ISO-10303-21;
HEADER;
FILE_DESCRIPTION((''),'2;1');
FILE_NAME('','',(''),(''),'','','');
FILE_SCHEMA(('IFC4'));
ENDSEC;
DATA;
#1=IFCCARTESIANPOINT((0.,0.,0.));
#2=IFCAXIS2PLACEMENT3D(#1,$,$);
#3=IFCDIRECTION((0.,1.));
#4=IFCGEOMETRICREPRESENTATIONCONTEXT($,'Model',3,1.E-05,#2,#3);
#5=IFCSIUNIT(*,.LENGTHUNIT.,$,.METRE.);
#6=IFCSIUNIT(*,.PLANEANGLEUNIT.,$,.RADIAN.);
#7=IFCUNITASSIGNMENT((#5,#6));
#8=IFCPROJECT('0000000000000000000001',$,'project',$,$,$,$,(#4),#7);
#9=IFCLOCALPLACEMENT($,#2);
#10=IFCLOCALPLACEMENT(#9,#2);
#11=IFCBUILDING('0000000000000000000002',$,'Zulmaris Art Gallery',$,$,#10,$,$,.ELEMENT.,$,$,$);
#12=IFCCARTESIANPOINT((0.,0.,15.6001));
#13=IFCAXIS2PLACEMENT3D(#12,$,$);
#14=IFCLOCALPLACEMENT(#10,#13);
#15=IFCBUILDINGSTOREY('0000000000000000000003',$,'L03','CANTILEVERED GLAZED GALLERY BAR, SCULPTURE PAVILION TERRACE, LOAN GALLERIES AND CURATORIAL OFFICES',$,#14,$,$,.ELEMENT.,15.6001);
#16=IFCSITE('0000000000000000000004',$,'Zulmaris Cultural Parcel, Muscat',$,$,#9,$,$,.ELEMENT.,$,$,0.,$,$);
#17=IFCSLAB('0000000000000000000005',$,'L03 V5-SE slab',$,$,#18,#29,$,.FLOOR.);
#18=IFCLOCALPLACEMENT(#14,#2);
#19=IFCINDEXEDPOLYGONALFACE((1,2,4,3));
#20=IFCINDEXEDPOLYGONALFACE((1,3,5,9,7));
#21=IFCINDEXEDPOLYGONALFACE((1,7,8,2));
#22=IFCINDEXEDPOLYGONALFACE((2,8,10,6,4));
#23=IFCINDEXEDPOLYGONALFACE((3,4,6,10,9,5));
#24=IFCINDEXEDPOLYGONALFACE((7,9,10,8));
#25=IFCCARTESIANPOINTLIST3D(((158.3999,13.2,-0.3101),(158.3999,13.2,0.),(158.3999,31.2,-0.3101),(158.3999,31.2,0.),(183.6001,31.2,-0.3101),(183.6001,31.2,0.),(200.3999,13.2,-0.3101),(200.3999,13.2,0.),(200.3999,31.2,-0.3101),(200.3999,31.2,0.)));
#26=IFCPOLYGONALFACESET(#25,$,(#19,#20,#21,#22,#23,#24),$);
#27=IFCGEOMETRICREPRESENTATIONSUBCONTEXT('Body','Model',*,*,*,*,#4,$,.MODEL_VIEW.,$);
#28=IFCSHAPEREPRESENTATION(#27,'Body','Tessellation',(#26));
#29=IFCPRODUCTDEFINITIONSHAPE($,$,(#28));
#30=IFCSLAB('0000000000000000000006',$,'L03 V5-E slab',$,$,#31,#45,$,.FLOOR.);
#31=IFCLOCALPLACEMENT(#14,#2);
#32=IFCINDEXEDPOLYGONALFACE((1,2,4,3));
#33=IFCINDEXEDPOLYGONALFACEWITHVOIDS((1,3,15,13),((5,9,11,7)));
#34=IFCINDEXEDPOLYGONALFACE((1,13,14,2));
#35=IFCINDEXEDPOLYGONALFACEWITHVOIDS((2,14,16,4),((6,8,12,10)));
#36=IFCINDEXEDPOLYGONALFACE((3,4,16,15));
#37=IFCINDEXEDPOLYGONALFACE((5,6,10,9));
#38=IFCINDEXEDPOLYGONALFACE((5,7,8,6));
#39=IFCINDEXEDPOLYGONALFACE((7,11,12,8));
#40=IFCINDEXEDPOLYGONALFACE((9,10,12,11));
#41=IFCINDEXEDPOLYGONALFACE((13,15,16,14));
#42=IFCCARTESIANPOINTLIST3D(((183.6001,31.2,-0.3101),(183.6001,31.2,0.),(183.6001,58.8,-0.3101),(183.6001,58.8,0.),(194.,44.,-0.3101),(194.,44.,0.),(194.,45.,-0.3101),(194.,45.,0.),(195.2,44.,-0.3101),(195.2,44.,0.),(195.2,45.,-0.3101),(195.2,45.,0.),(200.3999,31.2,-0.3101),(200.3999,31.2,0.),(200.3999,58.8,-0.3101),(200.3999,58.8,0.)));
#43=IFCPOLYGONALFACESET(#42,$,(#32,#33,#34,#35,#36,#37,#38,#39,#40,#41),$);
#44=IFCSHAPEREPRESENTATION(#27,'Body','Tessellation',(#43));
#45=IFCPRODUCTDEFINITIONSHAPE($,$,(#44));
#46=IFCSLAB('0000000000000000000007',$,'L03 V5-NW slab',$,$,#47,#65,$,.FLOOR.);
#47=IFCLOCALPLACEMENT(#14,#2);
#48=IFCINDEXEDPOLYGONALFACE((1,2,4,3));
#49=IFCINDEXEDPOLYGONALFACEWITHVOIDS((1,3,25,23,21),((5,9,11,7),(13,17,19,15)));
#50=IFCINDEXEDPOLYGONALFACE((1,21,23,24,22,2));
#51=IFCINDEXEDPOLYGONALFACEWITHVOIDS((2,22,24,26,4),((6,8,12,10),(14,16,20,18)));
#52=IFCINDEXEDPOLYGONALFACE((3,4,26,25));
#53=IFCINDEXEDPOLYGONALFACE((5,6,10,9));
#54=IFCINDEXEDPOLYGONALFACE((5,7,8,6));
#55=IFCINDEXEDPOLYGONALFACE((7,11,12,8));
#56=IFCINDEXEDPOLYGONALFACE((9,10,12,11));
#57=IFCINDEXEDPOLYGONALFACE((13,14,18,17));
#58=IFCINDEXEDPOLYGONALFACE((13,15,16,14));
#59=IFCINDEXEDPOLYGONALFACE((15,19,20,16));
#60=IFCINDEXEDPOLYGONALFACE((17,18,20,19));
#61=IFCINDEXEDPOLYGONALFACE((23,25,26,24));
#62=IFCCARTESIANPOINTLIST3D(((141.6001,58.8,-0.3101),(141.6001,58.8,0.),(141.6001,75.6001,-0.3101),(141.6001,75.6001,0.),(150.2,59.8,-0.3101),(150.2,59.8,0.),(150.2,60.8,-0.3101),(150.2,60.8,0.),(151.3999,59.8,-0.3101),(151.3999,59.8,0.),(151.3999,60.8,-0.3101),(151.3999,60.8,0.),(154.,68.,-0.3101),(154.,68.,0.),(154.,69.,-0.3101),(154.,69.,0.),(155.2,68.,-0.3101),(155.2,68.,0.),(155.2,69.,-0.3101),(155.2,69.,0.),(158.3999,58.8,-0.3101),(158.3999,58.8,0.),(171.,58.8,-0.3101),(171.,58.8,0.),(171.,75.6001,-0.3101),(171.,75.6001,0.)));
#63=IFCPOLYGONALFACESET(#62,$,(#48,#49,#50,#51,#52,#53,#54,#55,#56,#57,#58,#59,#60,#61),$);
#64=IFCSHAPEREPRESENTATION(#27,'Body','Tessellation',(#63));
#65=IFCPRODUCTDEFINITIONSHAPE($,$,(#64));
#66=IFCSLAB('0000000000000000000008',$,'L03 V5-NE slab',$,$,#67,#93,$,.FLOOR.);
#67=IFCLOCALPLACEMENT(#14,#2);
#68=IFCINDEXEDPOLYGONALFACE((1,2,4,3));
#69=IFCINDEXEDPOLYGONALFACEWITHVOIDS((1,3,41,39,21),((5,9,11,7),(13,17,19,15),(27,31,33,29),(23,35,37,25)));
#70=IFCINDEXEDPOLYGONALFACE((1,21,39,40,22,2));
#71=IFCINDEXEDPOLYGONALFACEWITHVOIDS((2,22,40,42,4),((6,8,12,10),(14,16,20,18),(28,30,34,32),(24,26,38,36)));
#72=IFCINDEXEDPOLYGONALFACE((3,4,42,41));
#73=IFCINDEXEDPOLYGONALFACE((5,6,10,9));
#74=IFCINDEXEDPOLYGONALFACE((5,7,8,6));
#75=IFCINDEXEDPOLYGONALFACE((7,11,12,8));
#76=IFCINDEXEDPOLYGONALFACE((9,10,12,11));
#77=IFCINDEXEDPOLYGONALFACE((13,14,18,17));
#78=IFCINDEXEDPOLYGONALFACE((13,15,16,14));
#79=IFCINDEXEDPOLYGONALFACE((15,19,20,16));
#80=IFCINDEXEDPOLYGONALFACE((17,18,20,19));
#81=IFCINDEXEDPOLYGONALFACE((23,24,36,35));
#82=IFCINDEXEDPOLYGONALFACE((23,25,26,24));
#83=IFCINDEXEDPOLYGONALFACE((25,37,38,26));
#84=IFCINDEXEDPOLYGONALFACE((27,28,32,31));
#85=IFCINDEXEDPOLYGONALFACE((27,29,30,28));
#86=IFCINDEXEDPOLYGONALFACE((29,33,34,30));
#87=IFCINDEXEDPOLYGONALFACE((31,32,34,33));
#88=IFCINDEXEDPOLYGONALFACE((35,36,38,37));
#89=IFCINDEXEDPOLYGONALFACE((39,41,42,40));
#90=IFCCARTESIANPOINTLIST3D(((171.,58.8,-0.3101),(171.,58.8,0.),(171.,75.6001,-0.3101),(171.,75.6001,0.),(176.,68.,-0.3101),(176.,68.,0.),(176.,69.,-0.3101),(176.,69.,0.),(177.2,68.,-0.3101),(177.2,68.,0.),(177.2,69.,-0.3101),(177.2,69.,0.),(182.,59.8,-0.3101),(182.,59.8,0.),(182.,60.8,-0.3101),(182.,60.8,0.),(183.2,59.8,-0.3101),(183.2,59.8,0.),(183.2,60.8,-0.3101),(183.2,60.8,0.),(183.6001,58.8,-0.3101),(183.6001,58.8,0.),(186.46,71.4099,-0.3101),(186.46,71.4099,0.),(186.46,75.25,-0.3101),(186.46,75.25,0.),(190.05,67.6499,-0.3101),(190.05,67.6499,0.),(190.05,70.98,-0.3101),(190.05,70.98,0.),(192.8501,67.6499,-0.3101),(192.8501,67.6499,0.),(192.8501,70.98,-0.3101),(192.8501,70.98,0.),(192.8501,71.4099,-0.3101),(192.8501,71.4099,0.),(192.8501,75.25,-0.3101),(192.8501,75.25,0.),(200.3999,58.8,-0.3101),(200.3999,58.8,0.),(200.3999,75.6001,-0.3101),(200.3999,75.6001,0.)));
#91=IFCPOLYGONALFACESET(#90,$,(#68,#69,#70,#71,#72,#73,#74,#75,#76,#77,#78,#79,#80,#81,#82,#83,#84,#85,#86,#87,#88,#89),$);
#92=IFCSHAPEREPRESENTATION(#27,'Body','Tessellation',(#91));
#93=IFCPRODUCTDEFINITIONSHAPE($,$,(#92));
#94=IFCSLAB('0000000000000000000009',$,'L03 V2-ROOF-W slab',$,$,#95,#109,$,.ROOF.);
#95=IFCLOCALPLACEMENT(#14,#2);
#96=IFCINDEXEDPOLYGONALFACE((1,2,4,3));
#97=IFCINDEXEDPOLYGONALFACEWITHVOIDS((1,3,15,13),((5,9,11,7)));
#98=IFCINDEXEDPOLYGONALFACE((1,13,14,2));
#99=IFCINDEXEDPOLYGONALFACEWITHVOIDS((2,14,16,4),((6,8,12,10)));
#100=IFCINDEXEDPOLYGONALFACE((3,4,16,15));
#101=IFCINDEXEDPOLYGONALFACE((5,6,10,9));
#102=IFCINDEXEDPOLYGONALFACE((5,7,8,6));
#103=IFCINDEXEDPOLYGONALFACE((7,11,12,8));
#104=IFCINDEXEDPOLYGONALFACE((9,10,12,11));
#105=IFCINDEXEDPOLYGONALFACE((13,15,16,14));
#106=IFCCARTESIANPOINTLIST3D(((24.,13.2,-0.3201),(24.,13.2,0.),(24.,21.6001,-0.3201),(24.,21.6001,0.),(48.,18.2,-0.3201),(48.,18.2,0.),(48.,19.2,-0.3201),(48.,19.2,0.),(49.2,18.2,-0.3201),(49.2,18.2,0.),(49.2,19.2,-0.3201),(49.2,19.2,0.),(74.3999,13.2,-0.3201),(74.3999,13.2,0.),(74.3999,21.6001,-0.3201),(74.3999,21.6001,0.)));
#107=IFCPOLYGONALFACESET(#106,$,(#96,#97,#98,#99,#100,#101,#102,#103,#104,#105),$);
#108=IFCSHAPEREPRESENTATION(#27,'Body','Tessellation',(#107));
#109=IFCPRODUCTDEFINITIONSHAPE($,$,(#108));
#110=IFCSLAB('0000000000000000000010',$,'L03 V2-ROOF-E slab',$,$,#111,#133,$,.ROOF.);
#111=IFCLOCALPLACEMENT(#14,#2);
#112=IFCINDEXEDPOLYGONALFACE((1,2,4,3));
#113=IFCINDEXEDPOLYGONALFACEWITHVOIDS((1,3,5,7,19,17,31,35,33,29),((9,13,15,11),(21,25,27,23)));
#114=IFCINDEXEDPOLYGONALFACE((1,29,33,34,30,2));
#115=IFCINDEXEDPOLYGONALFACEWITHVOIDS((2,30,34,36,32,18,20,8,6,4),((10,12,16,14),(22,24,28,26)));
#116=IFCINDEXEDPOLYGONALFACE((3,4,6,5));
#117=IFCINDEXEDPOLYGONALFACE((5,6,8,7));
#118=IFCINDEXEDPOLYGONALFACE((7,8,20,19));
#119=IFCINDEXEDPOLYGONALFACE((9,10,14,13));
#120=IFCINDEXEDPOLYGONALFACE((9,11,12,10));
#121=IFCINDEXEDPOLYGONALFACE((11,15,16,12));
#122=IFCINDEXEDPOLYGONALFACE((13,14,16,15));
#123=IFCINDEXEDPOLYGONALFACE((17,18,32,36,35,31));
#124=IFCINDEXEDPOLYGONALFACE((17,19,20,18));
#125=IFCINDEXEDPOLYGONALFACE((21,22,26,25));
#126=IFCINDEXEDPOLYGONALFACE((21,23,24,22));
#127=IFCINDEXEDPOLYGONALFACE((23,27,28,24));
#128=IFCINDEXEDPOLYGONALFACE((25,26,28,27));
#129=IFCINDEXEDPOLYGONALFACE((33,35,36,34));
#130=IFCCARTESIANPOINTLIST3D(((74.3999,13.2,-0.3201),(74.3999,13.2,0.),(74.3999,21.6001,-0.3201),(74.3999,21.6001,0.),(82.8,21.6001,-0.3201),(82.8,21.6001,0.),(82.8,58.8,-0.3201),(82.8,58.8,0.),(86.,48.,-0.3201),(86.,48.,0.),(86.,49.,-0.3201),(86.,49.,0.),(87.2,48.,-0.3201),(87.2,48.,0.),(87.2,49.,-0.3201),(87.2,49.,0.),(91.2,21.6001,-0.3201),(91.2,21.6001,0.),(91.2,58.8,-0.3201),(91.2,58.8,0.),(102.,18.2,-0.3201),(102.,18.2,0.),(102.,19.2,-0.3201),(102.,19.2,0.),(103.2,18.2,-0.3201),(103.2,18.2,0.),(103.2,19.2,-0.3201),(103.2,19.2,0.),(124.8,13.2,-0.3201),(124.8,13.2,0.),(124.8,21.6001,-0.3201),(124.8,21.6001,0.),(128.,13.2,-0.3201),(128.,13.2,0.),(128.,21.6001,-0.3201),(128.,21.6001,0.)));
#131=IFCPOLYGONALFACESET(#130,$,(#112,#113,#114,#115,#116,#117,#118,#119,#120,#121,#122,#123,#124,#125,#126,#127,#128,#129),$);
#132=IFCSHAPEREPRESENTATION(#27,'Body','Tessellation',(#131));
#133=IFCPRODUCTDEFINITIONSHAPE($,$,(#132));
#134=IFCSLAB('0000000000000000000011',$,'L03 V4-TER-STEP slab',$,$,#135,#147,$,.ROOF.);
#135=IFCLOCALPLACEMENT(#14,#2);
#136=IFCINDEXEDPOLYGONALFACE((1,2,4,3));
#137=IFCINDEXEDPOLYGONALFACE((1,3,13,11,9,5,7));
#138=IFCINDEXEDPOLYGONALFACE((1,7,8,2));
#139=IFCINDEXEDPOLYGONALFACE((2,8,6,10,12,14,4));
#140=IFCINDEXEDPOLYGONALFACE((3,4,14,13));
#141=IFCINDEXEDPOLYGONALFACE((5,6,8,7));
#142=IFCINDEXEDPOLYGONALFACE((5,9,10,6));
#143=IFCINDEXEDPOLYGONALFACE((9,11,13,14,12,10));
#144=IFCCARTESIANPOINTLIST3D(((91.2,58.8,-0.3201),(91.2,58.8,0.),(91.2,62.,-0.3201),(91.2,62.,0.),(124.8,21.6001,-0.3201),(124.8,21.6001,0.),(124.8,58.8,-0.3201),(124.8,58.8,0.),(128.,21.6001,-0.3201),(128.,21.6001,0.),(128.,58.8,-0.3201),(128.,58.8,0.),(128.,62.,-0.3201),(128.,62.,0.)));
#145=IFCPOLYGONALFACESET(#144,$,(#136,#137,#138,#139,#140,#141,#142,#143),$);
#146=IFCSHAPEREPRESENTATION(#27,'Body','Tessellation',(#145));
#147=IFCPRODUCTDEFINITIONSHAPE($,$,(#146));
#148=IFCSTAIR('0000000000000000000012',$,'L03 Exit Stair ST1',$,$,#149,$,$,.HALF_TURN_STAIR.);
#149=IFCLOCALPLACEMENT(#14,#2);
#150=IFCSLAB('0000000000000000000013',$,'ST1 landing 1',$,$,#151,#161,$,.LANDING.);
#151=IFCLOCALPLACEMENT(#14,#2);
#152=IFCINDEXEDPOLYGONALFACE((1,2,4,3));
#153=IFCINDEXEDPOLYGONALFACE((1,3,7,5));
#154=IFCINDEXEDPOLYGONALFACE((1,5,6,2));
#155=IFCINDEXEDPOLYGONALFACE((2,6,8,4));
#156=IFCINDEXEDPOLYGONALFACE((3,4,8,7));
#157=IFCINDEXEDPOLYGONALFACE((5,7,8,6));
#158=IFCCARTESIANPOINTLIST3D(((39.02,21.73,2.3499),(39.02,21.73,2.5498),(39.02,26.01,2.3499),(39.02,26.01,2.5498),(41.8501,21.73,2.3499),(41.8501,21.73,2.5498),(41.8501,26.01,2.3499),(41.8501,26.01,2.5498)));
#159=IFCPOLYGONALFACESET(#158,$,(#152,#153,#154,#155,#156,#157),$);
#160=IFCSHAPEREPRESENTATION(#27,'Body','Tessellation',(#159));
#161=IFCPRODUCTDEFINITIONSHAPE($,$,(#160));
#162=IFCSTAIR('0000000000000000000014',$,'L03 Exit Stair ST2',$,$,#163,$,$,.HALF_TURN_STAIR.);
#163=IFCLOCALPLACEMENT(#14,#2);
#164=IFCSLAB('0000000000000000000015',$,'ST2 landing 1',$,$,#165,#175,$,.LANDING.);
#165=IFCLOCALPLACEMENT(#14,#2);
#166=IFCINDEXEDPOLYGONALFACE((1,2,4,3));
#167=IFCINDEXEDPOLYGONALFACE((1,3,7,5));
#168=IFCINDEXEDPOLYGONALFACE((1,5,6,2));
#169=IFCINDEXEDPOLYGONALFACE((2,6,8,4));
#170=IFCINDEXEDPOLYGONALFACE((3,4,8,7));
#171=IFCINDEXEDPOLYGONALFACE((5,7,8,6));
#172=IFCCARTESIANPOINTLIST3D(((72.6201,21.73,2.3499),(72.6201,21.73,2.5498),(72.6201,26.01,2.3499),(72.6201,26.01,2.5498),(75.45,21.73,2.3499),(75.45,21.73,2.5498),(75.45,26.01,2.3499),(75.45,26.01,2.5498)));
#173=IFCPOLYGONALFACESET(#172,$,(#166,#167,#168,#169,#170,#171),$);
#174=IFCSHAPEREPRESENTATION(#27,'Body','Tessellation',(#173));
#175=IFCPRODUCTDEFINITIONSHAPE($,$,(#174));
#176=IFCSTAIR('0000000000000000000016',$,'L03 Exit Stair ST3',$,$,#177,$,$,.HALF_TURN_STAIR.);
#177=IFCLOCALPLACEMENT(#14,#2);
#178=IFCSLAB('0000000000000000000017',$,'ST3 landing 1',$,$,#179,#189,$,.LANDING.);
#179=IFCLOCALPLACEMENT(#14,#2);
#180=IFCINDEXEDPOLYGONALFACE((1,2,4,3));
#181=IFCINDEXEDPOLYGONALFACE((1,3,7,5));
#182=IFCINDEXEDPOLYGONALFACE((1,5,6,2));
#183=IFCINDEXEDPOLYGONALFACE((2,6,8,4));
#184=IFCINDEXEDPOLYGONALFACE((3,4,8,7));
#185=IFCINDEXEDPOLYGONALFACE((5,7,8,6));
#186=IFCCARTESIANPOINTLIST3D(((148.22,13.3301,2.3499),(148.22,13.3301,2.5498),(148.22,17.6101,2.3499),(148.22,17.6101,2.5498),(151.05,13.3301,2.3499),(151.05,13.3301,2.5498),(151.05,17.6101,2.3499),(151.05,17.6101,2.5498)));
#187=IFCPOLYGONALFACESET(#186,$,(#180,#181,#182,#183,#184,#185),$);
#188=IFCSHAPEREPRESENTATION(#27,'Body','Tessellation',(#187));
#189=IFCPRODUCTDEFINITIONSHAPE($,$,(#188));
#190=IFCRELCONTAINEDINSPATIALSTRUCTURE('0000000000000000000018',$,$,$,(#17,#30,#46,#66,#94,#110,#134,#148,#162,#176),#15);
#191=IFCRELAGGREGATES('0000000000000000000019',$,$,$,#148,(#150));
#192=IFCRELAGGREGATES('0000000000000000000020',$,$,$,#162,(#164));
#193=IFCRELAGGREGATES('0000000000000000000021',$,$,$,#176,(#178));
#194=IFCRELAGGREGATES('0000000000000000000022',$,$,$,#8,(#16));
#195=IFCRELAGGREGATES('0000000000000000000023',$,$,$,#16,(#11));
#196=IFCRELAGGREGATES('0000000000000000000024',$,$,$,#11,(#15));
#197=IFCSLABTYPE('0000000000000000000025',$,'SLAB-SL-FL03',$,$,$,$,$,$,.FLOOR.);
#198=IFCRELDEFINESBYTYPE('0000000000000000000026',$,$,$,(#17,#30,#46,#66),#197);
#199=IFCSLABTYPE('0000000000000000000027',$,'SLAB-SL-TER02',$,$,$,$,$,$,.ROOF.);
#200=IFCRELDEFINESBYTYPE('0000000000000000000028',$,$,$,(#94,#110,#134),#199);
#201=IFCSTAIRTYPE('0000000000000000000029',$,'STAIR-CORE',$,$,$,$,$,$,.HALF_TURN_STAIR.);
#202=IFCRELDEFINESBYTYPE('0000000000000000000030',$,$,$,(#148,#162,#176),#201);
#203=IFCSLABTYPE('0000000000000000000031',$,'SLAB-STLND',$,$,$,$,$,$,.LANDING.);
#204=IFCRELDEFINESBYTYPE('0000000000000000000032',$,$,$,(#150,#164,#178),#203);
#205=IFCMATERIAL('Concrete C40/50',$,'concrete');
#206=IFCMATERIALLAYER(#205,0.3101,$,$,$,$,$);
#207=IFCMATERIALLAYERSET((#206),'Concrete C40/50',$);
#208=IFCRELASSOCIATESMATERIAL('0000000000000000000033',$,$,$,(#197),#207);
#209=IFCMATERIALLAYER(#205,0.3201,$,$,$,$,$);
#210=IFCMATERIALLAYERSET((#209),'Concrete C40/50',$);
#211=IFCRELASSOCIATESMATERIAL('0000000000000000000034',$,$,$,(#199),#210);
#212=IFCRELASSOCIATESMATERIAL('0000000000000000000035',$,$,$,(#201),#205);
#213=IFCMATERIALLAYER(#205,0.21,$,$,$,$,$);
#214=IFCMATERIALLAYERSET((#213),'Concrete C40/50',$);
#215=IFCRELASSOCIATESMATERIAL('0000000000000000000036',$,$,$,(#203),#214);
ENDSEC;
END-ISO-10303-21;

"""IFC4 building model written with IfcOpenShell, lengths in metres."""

from ifc_helpers import new_model, si_unit, direction, frame, origin, place, context, subcontext, project, spatial, polyline, outline, extrude, material, layer, layer_set, type_object, element, aggregate, save


model = new_model("IFC4")

# Units and contexts
model_context = context("Model", 3, precision=1e-05, world=origin(), true_north=direction((0.0, 1.0)))
body_context = subcontext(model_context, "Body", "Model", "MODEL_VIEW")
ifc_project = project(units=[si_unit("LENGTHUNIT", "METRE"), si_unit("PLANEANGLEUNIT", "RADIAN")], contexts=[model_context])

# Site, building, storey
site_placement = place(None, origin())
site = spatial("IfcSite", under=ifc_project, at=site_placement, Name="Zulmaris Cultural Parcel, Muscat", CompositionType="ELEMENT", RefElevation=0.0)
building_placement = place(site_placement, origin())
building = spatial("IfcBuilding", under=site, at=building_placement, Name="Zulmaris Art Gallery", CompositionType="ELEMENT")
storey_placement = place(building_placement, frame((0.0, 0.0, 15.6001)))
storey = spatial("IfcBuildingStorey", under=building, at=storey_placement, Name="L03", Description="CANTILEVERED GLAZED GALLERY BAR, SCULPTURE PAVILION TERRACE, LOAN GALLERIES AND CURATORIAL OFFICES", CompositionType="ELEMENT", Elevation=15.6001)

# Slabs
ifc_material_1 = material(Name="Concrete C40/50", Category="concrete")
ifc_layer_1 = layer(ifc_material_1, 0.3101)
ifc_layer_set_1 = layer_set([ifc_layer_1], Name="Concrete C40/50")
slab_type_1 = type_object("IfcSlabType", Name="SLAB-SL-FL03", PredefinedType="FLOOR", material=ifc_layer_set_1)
slab_1_placement = place(storey_placement, frame((0.0, 0.0, -0.3101)))
element("IfcSlab", 1, at=slab_1_placement, inside=storey, type_object=slab_type_1, Name="L03 V5-SE slab", PredefinedType="FLOOR", context=body_context, shape_type="SweptSolid", body=[
    extrude(outline(polyline([(158.3999, 13.2), (158.3999, 31.2), (183.6001, 31.2), (200.3999, 31.2), (200.3999, 13.2), (158.3999, 13.2)])), origin(), (0.0, 0.0, 1.0), 0.3101),
])
slab_2_placement = place(storey_placement, frame((0.0, 0.0, -0.3101)))
element("IfcSlab", 2, at=slab_2_placement, inside=storey, type_object=slab_type_1, Name="L03 V5-E slab", PredefinedType="FLOOR", context=body_context, shape_type="SweptSolid", body=[
    extrude(outline(polyline([(183.6001, 31.2), (183.6001, 58.8), (200.3999, 58.8), (200.3999, 31.2), (183.6001, 31.2)]), holes=[polyline([(195.2, 44.0), (195.2, 45.0), (194.0, 45.0), (194.0, 44.0), (195.2, 44.0)])]), origin(), (0.0, 0.0, 1.0), 0.3101),
])
slab_3_placement = place(storey_placement, frame((0.0, 0.0, -0.3101)))
element("IfcSlab", 3, at=slab_3_placement, inside=storey, type_object=slab_type_1, Name="L03 V5-NW slab", PredefinedType="FLOOR", context=body_context, shape_type="SweptSolid", body=[
    extrude(outline(polyline([(171.0, 75.6001), (171.0, 58.8), (158.3999, 58.8), (141.6001, 58.8), (141.6001, 75.6001), (171.0, 75.6001)]), holes=[polyline([(151.3999, 59.8), (151.3999, 60.8), (150.2, 60.8), (150.2, 59.8), (151.3999, 59.8)]), polyline([(155.2, 68.0), (155.2, 69.0), (154.0, 69.0), (154.0, 68.0), (155.2, 68.0)])]), origin(), (0.0, 0.0, 1.0), 0.3101),
])
slab_4_placement = place(storey_placement, frame((0.0, 0.0, -0.3101)))
element("IfcSlab", 4, at=slab_4_placement, inside=storey, type_object=slab_type_1, Name="L03 V5-NE slab", PredefinedType="FLOOR", context=body_context, shape_type="SweptSolid", body=[
    extrude(outline(polyline([(200.3999, 58.8), (183.6001, 58.8), (171.0, 58.8), (171.0, 75.6001), (200.3999, 75.6001), (200.3999, 58.8)]), holes=[polyline([(183.2, 59.8), (183.2, 60.8), (182.0, 60.8), (182.0, 59.8), (183.2, 59.8)]), polyline([(177.2, 68.0), (177.2, 69.0), (176.0, 69.0), (176.0, 68.0), (177.2, 68.0)]), polyline([(192.8501, 67.6499), (192.8501, 70.98), (190.05, 70.98), (190.05, 67.6499), (192.8501, 67.6499)]), polyline([(186.46, 71.4099), (192.8501, 71.4099), (192.8501, 75.25), (186.46, 75.25), (186.46, 71.4099)])]), origin(), (0.0, 0.0, 1.0), 0.3101),
])
ifc_layer_2 = layer(ifc_material_1, 0.3201)
ifc_layer_set_2 = layer_set([ifc_layer_2], Name="Concrete C40/50")
slab_type_2 = type_object("IfcSlabType", Name="SLAB-SL-TER02", PredefinedType="ROOF", material=ifc_layer_set_2)
slab_5_placement = place(storey_placement, frame((0.0, 0.0, -0.3201)))
element("IfcSlab", 5, at=slab_5_placement, inside=storey, type_object=slab_type_2, Name="L03 V2-ROOF-W slab", PredefinedType="ROOF", context=body_context, shape_type="SweptSolid", body=[
    extrude(outline(polyline([(24.0, 13.2), (24.0, 21.6001), (74.3999, 21.6001), (74.3999, 13.2), (24.0, 13.2)]), holes=[polyline([(49.2, 19.2), (48.0, 19.2), (48.0, 18.2), (49.2, 18.2), (49.2, 19.2)])]), origin(), (0.0, 0.0, 1.0), 0.3201),
])
slab_6_placement = place(storey_placement, frame((0.0, 0.0, -0.3201)))
element("IfcSlab", 6, at=slab_6_placement, inside=storey, type_object=slab_type_2, Name="L03 V2-ROOF-E slab", PredefinedType="ROOF", context=body_context, shape_type="SweptSolid", body=[
    extrude(outline(polyline([(74.3999, 21.6001), (82.8, 21.6001), (82.8, 58.8), (91.2, 58.8), (91.2, 21.6001), (124.8, 21.6001), (128.0, 21.6001), (128.0, 13.2), (124.8, 13.2), (74.3999, 13.2), (74.3999, 21.6001)]), holes=[polyline([(103.2, 18.2), (103.2, 19.2), (102.0, 19.2), (102.0, 18.2), (103.2, 18.2)]), polyline([(87.2, 49.0), (86.0, 49.0), (86.0, 48.0), (87.2, 48.0), (87.2, 49.0)])]), origin(), (0.0, 0.0, 1.0), 0.3201),
])
slab_7_placement = place(storey_placement, frame((0.0, 0.0, -0.3201)))
element("IfcSlab", 7, at=slab_7_placement, inside=storey, type_object=slab_type_2, Name="L03 V4-TER-STEP slab", PredefinedType="ROOF", context=body_context, shape_type="SweptSolid", body=[
    extrude(outline(polyline([(91.2, 62.0), (128.0, 62.0), (128.0, 58.8), (128.0, 21.6001), (124.8, 21.6001), (124.8, 58.8), (91.2, 58.8), (91.2, 62.0)])), origin(), (0.0, 0.0, 1.0), 0.3201),
])

# Stairs, slabs
stair_type = type_object("IfcStairType", Name="STAIR-CORE", PredefinedType="HALF_TURN_STAIR", material=ifc_material_1)
stair_1_placement = place(storey_placement, origin())
stair_1 = element("IfcStair", 8, at=stair_1_placement, inside=storey, type_object=stair_type, Name="L03 Exit Stair ST1", PredefinedType="HALF_TURN_STAIR")
ifc_layer_3 = layer(ifc_material_1, 0.21)
ifc_layer_set_3 = layer_set([ifc_layer_3], Name="Concrete C40/50")
slab_type_3 = type_object("IfcSlabType", Name="SLAB-STLND", PredefinedType="LANDING", material=ifc_layer_set_3)
slab_8_placement = place(storey_placement, frame((0.0, 0.0, 2.3499)))
slab_8 = element("IfcSlab", 9, at=slab_8_placement, type_object=slab_type_3, Name="ST1 landing 1", PredefinedType="LANDING", context=body_context, shape_type="SweptSolid", body=[
    extrude(outline(polyline([(39.02, 21.73), (41.8501, 21.73), (41.8501, 26.01), (39.02, 26.01), (39.02, 21.73)])), origin(), (0.0, 0.0, 1.0), 0.2),
])
aggregate(stair_1, [slab_8])
stair_2_placement = place(storey_placement, origin())
stair_2 = element("IfcStair", 10, at=stair_2_placement, inside=storey, type_object=stair_type, Name="L03 Exit Stair ST2", PredefinedType="HALF_TURN_STAIR")
slab_9_placement = place(storey_placement, frame((0.0, 0.0, 2.3499)))
slab_9 = element("IfcSlab", 11, at=slab_9_placement, type_object=slab_type_3, Name="ST2 landing 1", PredefinedType="LANDING", context=body_context, shape_type="SweptSolid", body=[
    extrude(outline(polyline([(72.6201, 21.73), (75.45, 21.73), (75.45, 26.01), (72.6201, 26.01), (72.6201, 21.73)])), origin(), (0.0, 0.0, 1.0), 0.2),
])
aggregate(stair_2, [slab_9])
stair_3_placement = place(storey_placement, origin())
stair_3 = element("IfcStair", 12, at=stair_3_placement, inside=storey, type_object=stair_type, Name="L03 Exit Stair ST3", PredefinedType="HALF_TURN_STAIR")
slab_10_placement = place(storey_placement, frame((0.0, 0.0, 2.3499)))
slab_10 = element("IfcSlab", 13, at=slab_10_placement, type_object=slab_type_3, Name="ST3 landing 1", PredefinedType="LANDING", context=body_context, shape_type="SweptSolid", body=[
    extrude(outline(polyline([(148.22, 13.3301), (151.05, 13.3301), (151.05, 17.6101), (148.22, 17.6101), (148.22, 13.3301)])), origin(), (0.0, 0.0, 1.0), 0.2),
])
aggregate(stair_3, [slab_10])

save(model, "model.ifc")
